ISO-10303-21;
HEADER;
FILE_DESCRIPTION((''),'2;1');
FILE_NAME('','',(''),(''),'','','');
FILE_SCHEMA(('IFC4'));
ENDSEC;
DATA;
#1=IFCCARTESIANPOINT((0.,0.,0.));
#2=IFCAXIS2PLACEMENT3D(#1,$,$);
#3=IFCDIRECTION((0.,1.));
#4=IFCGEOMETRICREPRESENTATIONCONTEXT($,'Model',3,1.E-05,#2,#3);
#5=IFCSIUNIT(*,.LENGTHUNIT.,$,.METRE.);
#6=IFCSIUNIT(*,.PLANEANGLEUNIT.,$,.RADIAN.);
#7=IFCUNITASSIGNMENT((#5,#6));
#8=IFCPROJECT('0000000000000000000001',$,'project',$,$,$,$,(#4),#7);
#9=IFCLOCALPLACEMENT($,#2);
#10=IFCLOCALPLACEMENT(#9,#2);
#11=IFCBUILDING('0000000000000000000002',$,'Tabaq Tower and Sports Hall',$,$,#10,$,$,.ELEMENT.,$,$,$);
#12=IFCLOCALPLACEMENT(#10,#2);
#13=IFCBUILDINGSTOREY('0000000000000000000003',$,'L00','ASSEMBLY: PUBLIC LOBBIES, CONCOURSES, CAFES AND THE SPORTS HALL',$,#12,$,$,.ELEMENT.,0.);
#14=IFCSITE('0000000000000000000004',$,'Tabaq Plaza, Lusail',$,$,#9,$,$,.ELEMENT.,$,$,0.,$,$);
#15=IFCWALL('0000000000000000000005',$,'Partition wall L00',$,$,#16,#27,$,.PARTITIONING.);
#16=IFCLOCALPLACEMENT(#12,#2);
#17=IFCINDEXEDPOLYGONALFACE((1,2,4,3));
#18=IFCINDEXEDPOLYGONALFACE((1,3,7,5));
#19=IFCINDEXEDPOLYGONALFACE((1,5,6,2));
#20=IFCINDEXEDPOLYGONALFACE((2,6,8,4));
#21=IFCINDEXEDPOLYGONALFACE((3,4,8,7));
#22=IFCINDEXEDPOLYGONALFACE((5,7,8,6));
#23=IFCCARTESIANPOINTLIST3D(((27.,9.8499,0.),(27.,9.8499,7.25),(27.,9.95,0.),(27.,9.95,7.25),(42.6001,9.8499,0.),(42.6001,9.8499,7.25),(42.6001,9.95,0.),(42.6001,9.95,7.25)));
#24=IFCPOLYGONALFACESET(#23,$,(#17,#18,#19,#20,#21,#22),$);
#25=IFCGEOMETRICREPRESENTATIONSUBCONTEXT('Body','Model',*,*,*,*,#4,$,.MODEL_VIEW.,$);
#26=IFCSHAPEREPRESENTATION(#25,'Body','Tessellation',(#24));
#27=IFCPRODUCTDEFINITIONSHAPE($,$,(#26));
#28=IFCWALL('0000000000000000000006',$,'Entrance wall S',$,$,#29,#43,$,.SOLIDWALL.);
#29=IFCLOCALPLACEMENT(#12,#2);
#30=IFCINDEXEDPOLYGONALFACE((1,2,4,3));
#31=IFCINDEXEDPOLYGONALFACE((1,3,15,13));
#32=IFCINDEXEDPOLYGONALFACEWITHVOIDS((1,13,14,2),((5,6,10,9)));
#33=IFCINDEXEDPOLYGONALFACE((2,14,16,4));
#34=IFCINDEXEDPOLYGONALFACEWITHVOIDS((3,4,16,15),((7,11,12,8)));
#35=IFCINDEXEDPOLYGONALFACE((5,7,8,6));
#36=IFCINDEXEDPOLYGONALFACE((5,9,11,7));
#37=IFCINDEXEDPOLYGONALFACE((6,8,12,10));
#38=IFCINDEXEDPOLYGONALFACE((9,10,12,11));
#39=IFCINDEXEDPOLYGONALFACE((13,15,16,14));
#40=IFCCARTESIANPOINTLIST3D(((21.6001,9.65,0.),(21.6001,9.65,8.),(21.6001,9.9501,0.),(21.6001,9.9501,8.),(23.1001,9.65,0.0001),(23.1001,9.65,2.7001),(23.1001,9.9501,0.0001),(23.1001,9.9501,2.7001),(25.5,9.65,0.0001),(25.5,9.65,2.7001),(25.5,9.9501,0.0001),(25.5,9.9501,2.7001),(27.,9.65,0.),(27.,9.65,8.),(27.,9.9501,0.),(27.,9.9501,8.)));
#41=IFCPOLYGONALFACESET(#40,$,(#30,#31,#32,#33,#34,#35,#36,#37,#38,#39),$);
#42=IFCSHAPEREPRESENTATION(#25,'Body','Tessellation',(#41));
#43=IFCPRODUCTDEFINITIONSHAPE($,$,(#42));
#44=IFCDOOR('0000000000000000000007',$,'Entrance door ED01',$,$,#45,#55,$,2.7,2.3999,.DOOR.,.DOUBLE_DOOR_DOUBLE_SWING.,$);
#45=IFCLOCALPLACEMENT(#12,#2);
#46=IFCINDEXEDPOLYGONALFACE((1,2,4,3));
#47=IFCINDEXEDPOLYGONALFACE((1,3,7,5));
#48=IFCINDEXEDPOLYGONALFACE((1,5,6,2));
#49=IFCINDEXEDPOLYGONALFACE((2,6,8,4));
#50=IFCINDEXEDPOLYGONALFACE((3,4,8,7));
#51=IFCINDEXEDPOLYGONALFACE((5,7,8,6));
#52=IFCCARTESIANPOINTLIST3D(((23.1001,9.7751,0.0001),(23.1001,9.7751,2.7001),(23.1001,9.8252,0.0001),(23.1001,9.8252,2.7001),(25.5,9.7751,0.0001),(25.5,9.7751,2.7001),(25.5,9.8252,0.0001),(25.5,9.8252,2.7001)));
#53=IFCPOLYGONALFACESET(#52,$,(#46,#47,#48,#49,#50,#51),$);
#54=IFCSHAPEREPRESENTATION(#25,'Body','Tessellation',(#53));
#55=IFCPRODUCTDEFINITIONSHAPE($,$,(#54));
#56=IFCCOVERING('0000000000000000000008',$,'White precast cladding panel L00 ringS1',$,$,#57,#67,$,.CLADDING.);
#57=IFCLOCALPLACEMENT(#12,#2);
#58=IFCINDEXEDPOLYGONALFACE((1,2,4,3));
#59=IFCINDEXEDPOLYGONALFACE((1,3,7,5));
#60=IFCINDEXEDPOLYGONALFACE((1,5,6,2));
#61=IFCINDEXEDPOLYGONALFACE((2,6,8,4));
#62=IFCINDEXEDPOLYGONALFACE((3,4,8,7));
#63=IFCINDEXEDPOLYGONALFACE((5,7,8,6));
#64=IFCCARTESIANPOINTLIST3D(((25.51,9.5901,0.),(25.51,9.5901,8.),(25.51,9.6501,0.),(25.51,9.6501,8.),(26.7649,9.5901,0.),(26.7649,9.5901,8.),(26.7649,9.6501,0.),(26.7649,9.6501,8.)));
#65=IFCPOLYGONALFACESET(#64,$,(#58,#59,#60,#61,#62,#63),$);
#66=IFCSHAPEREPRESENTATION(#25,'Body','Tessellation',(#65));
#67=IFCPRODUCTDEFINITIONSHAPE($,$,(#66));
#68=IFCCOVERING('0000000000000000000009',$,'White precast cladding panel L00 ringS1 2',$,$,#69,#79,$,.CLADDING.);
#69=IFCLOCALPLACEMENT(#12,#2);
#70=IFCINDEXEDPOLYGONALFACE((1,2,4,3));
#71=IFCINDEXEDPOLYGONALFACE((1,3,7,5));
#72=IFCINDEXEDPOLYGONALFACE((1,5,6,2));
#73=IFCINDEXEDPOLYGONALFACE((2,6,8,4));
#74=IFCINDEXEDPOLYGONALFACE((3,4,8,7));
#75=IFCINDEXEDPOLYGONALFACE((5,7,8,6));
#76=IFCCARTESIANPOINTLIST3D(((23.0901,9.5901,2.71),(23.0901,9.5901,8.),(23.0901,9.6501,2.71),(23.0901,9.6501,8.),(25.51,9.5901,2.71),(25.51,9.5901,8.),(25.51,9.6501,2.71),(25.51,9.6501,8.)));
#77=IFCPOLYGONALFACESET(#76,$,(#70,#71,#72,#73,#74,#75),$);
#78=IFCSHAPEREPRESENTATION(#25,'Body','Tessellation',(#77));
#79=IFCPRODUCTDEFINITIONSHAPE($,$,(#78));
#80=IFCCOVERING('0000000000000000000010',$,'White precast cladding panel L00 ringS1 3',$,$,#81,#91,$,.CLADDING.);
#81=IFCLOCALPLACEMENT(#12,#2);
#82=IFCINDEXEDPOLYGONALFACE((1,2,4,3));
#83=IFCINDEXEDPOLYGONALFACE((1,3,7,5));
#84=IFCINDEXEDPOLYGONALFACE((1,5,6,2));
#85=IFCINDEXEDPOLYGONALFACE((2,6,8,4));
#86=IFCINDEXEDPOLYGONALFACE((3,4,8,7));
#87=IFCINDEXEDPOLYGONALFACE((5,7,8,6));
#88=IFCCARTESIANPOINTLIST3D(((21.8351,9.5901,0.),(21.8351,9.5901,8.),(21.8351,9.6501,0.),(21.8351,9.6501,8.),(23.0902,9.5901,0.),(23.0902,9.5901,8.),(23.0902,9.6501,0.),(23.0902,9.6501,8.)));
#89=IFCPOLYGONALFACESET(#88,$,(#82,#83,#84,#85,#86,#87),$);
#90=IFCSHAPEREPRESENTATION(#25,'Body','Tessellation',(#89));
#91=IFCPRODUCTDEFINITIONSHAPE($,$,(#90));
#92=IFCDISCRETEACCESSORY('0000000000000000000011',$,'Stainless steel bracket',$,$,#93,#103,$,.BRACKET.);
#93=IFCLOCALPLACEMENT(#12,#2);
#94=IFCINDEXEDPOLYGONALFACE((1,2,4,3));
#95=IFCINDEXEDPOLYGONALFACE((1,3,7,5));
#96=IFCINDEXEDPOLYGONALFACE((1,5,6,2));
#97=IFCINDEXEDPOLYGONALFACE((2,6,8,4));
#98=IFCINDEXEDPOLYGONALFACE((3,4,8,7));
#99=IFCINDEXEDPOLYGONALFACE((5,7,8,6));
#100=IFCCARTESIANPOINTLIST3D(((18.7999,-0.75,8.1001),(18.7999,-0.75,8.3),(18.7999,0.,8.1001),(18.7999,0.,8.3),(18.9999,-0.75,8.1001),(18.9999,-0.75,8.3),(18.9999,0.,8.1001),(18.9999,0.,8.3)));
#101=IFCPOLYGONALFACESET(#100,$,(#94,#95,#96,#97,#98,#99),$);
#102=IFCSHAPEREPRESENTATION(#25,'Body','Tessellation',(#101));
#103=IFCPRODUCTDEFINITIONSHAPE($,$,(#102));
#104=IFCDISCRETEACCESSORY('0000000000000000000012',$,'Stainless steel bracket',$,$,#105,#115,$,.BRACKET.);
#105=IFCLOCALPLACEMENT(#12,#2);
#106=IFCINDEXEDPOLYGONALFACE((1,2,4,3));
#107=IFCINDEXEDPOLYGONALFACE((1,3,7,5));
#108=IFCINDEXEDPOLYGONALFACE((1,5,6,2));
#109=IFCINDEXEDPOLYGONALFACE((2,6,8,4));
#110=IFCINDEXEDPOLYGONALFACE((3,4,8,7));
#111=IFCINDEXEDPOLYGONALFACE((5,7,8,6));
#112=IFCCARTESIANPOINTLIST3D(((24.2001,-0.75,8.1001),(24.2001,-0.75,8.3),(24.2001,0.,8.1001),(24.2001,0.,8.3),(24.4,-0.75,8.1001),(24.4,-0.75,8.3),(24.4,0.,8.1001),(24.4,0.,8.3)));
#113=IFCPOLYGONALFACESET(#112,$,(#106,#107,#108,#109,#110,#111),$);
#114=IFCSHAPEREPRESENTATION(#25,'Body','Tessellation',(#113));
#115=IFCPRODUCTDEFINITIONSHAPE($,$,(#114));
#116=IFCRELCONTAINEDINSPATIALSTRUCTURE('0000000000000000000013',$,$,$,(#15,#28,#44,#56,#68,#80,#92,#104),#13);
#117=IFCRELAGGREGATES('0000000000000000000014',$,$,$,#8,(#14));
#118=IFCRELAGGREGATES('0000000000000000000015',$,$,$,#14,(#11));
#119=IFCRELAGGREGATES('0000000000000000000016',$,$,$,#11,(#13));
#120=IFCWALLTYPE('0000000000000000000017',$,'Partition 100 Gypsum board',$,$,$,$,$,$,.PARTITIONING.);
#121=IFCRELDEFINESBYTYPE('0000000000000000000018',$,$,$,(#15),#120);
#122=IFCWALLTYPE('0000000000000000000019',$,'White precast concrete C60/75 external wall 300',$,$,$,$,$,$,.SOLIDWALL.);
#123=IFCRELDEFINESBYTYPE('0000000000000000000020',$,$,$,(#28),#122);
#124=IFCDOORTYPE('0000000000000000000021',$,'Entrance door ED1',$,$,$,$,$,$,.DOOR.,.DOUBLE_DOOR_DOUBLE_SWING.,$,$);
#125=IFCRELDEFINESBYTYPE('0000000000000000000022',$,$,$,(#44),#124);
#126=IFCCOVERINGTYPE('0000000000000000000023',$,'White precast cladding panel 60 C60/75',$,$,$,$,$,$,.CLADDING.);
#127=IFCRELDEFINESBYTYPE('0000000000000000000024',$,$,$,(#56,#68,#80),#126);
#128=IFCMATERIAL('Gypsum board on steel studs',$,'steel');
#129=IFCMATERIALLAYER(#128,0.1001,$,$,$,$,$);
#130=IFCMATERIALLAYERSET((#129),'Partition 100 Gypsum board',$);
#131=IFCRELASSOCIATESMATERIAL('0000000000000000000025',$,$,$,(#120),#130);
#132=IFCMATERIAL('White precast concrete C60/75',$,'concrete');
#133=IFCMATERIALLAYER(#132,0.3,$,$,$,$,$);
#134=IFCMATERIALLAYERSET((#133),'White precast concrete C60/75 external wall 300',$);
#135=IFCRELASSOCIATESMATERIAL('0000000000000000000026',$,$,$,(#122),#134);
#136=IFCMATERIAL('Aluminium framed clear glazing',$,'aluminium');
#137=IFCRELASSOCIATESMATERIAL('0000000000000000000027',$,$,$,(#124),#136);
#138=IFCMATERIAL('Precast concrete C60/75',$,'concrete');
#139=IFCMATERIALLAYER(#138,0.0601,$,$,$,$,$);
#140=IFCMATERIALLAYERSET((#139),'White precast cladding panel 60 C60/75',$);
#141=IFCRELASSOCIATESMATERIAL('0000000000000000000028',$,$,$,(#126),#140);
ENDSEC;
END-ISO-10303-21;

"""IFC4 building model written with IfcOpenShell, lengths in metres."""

from ifc_helpers import new_model, si_unit, direction, frame, frame_2d, origin, origin_2d, place, context, subcontext, project, spatial, rectangle, extrude, material, layer, layer_set, type_object, element, fill, save


model = new_model("IFC4")

# Units and contexts
model_context = context("Model", 3, precision=1e-05, world=origin(), true_north=direction((0.0, 1.0)))
body_context = subcontext(model_context, "Body", "Model", "MODEL_VIEW")
ifc_project = project(units=[si_unit("LENGTHUNIT", "METRE"), si_unit("PLANEANGLEUNIT", "RADIAN")], contexts=[model_context])

# Site, building, storey
site_placement = place(None, origin())
site = spatial("IfcSite", under=ifc_project, at=site_placement, Name="Tabaq Plaza, Lusail", CompositionType="ELEMENT", RefElevation=0.0)
building_placement = place(site_placement, origin())
building = spatial("IfcBuilding", under=site, at=building_placement, Name="Tabaq Tower and Sports Hall", CompositionType="ELEMENT")
storey_placement = place(building_placement, origin())
storey = spatial("IfcBuildingStorey", under=building, at=storey_placement, Name="L00", Description="ASSEMBLY: PUBLIC LOBBIES, CONCOURSES, CAFES AND THE SPORTS HALL", CompositionType="ELEMENT", Elevation=0.0)

# Wall
ifc_material_1 = material(Name="Gypsum board on steel studs", Category="steel")
ifc_layer_1 = layer(ifc_material_1, 0.1001)
ifc_layer_set_1 = layer_set([ifc_layer_1], Name="Partition 100 Gypsum board")
wall_type_1 = type_object("IfcWallType", Name="Partition 100 Gypsum board", PredefinedType="PARTITIONING", material=ifc_layer_set_1)
wall_1_placement = place(storey_placement, frame((27.0, 9.8999, 0.0), z_axis=(0.0, 0.0, 1.0), x_axis=(1.0, 0.0, 0.0)))
element("IfcWall", 1, at=wall_1_placement, inside=storey, type_object=wall_type_1, Name="Partition wall L00", PredefinedType="PARTITIONING", context=body_context, shape_type="SweptSolid", body=[
    extrude(rectangle(XDim=15.6001, YDim=0.1001, at=frame_2d((7.8, 0.0))), origin(), (0.0, 0.0, 1.0), 7.25),
])

# Wall, opening, door
ifc_material_2 = material(Name="White precast concrete C60/75", Category="concrete")
ifc_layer_2 = layer(ifc_material_2, 0.3)
ifc_layer_set_2 = layer_set([ifc_layer_2], Name="White precast concrete C60/75 external wall 300")
wall_type_2 = type_object("IfcWallType", Name="White precast concrete C60/75 external wall 300", PredefinedType="SOLIDWALL", material=ifc_layer_set_2)
wall_2_placement = place(storey_placement, frame((27.0, 9.8, 0.0), z_axis=(0.0, 0.0, 1.0), x_axis=(-1.0, 0.0, 0.0)))
wall_2 = element("IfcWall", 2, at=wall_2_placement, inside=storey, type_object=wall_type_2, Name="Entrance wall S", PredefinedType="SOLIDWALL", context=body_context, shape_type="SweptSolid", body=[
    extrude(rectangle(XDim=5.3999, YDim=0.3, at=frame_2d((2.7, 0.0))), origin(), (0.0, 0.0, 1.0), 8.0),
])
opening_placement = place(wall_2_placement, frame((1.5, 0.0, 0.0)))
opening = element("IfcOpeningElement", 3, at=opening_placement, cuts=wall_2, PredefinedType="OPENING", context=body_context, shape_type="SweptSolid", body=[
    extrude(rectangle(XDim=2.3999, YDim=2.7, at=frame_2d((1.2, 1.3501))), frame((0.0, 0.1602, 0.0), z_axis=(0.0, -1.0, 0.0), x_axis=(1.0, 0.0, 0.0)), (0.0, 0.0, 1.0), 0.3201),
])
ifc_material_3 = material(Name="Aluminium framed clear glazing", Category="aluminium")
door_type = type_object("IfcDoorType", Name="Entrance door ED1", OperationType="DOUBLE_DOOR_DOUBLE_SWING", PredefinedType="DOOR", material=ifc_material_3)
door_placement = place(opening_placement, origin())
door = element("IfcDoor", 4, at=door_placement, inside=storey, type_object=door_type, Name="Entrance door ED01", OperationType="DOUBLE_DOOR_DOUBLE_SWING", OverallHeight=2.7, OverallWidth=2.3999, PredefinedType="DOOR", context=body_context, shape_type="SweptSolid", body=[
    extrude(rectangle(XDim=2.3999, YDim=2.7, at=frame_2d((1.2, 1.3501))), frame((0.0, 0.0249, 0.0), z_axis=(0.0, -1.0, 0.0), x_axis=(1.0, 0.0, 0.0)), (0.0, 0.0, 1.0), 0.05),
])
fill(opening, door)

# Coverings
ifc_material_4 = material(Name="Precast concrete C60/75", Category="concrete")
ifc_layer_3 = layer(ifc_material_4, 0.0601)
ifc_layer_set_3 = layer_set([ifc_layer_3], Name="White precast cladding panel 60 C60/75")
covering_type = type_object("IfcCoveringType", Name="White precast cladding panel 60 C60/75", PredefinedType="CLADDING", material=ifc_layer_set_3)
covering_1_placement = place(storey_placement, frame((26.7649, 9.6201, 0.0), z_axis=(0.0, 0.0, 1.0), x_axis=(-1.0, 0.0, 0.0)))
element("IfcCovering", 5, at=covering_1_placement, inside=storey, type_object=covering_type, Name="White precast cladding panel L00 ringS1", PredefinedType="CLADDING", context=body_context, shape_type="SweptSolid", body=[
    extrude(rectangle(XDim=1.2549, YDim=0.0601, at=frame_2d((0.6274, 0.0))), origin(), (0.0, 0.0, 1.0), 8.0),
])
covering_2_placement = place(storey_placement, frame((25.51, 9.6201, 2.71), z_axis=(0.0, 0.0, 1.0), x_axis=(-1.0, 0.0, 0.0)))
element("IfcCovering", 6, at=covering_2_placement, inside=storey, type_object=covering_type, Name="White precast cladding panel L00 ringS1 2", PredefinedType="CLADDING", context=body_context, shape_type="SweptSolid", body=[
    extrude(rectangle(XDim=2.4199, YDim=0.0601, at=frame_2d((1.21, 0.0))), origin(), (0.0, 0.0, 1.0), 5.29),
])
covering_3_placement = place(storey_placement, frame((23.0901, 9.6201, 0.0), z_axis=(0.0, 0.0, 1.0), x_axis=(-1.0, 0.0, 0.0)))
element("IfcCovering", 7, at=covering_3_placement, inside=storey, type_object=covering_type, Name="White precast cladding panel L00 ringS1 3", PredefinedType="CLADDING", context=body_context, shape_type="SweptSolid", body=[
    extrude(rectangle(XDim=1.2551, YDim=0.0601, at=frame_2d((0.6274, 0.0))), origin(), (0.0, 0.0, 1.0), 8.0),
])

# Discrete accessories
for number, where, z_axis, x_axis, name in (
    (8, (18.8999, -0.375, 8.1001), (0.0, 0.0, 1.0), (-1.0, 0.0, 0.0), "Stainless steel bracket"),
    (9, (24.3, -0.375, 8.1001), (0.0, 0.0, 1.0), (-1.0, 0.0, 0.0), "Stainless steel bracket"),
):
    element("IfcDiscreteAccessory", number, at=place(storey_placement, frame(where, z_axis=z_axis, x_axis=x_axis)), inside=storey, Name=name, PredefinedType="BRACKET", context=body_context, shape_type="SweptSolid", body=[
        extrude(rectangle(XDim=0.2, YDim=0.75, at=origin_2d()), origin(), (0.0, 0.0, 1.0), 0.2),
    ])

save(model, "model.ifc")
